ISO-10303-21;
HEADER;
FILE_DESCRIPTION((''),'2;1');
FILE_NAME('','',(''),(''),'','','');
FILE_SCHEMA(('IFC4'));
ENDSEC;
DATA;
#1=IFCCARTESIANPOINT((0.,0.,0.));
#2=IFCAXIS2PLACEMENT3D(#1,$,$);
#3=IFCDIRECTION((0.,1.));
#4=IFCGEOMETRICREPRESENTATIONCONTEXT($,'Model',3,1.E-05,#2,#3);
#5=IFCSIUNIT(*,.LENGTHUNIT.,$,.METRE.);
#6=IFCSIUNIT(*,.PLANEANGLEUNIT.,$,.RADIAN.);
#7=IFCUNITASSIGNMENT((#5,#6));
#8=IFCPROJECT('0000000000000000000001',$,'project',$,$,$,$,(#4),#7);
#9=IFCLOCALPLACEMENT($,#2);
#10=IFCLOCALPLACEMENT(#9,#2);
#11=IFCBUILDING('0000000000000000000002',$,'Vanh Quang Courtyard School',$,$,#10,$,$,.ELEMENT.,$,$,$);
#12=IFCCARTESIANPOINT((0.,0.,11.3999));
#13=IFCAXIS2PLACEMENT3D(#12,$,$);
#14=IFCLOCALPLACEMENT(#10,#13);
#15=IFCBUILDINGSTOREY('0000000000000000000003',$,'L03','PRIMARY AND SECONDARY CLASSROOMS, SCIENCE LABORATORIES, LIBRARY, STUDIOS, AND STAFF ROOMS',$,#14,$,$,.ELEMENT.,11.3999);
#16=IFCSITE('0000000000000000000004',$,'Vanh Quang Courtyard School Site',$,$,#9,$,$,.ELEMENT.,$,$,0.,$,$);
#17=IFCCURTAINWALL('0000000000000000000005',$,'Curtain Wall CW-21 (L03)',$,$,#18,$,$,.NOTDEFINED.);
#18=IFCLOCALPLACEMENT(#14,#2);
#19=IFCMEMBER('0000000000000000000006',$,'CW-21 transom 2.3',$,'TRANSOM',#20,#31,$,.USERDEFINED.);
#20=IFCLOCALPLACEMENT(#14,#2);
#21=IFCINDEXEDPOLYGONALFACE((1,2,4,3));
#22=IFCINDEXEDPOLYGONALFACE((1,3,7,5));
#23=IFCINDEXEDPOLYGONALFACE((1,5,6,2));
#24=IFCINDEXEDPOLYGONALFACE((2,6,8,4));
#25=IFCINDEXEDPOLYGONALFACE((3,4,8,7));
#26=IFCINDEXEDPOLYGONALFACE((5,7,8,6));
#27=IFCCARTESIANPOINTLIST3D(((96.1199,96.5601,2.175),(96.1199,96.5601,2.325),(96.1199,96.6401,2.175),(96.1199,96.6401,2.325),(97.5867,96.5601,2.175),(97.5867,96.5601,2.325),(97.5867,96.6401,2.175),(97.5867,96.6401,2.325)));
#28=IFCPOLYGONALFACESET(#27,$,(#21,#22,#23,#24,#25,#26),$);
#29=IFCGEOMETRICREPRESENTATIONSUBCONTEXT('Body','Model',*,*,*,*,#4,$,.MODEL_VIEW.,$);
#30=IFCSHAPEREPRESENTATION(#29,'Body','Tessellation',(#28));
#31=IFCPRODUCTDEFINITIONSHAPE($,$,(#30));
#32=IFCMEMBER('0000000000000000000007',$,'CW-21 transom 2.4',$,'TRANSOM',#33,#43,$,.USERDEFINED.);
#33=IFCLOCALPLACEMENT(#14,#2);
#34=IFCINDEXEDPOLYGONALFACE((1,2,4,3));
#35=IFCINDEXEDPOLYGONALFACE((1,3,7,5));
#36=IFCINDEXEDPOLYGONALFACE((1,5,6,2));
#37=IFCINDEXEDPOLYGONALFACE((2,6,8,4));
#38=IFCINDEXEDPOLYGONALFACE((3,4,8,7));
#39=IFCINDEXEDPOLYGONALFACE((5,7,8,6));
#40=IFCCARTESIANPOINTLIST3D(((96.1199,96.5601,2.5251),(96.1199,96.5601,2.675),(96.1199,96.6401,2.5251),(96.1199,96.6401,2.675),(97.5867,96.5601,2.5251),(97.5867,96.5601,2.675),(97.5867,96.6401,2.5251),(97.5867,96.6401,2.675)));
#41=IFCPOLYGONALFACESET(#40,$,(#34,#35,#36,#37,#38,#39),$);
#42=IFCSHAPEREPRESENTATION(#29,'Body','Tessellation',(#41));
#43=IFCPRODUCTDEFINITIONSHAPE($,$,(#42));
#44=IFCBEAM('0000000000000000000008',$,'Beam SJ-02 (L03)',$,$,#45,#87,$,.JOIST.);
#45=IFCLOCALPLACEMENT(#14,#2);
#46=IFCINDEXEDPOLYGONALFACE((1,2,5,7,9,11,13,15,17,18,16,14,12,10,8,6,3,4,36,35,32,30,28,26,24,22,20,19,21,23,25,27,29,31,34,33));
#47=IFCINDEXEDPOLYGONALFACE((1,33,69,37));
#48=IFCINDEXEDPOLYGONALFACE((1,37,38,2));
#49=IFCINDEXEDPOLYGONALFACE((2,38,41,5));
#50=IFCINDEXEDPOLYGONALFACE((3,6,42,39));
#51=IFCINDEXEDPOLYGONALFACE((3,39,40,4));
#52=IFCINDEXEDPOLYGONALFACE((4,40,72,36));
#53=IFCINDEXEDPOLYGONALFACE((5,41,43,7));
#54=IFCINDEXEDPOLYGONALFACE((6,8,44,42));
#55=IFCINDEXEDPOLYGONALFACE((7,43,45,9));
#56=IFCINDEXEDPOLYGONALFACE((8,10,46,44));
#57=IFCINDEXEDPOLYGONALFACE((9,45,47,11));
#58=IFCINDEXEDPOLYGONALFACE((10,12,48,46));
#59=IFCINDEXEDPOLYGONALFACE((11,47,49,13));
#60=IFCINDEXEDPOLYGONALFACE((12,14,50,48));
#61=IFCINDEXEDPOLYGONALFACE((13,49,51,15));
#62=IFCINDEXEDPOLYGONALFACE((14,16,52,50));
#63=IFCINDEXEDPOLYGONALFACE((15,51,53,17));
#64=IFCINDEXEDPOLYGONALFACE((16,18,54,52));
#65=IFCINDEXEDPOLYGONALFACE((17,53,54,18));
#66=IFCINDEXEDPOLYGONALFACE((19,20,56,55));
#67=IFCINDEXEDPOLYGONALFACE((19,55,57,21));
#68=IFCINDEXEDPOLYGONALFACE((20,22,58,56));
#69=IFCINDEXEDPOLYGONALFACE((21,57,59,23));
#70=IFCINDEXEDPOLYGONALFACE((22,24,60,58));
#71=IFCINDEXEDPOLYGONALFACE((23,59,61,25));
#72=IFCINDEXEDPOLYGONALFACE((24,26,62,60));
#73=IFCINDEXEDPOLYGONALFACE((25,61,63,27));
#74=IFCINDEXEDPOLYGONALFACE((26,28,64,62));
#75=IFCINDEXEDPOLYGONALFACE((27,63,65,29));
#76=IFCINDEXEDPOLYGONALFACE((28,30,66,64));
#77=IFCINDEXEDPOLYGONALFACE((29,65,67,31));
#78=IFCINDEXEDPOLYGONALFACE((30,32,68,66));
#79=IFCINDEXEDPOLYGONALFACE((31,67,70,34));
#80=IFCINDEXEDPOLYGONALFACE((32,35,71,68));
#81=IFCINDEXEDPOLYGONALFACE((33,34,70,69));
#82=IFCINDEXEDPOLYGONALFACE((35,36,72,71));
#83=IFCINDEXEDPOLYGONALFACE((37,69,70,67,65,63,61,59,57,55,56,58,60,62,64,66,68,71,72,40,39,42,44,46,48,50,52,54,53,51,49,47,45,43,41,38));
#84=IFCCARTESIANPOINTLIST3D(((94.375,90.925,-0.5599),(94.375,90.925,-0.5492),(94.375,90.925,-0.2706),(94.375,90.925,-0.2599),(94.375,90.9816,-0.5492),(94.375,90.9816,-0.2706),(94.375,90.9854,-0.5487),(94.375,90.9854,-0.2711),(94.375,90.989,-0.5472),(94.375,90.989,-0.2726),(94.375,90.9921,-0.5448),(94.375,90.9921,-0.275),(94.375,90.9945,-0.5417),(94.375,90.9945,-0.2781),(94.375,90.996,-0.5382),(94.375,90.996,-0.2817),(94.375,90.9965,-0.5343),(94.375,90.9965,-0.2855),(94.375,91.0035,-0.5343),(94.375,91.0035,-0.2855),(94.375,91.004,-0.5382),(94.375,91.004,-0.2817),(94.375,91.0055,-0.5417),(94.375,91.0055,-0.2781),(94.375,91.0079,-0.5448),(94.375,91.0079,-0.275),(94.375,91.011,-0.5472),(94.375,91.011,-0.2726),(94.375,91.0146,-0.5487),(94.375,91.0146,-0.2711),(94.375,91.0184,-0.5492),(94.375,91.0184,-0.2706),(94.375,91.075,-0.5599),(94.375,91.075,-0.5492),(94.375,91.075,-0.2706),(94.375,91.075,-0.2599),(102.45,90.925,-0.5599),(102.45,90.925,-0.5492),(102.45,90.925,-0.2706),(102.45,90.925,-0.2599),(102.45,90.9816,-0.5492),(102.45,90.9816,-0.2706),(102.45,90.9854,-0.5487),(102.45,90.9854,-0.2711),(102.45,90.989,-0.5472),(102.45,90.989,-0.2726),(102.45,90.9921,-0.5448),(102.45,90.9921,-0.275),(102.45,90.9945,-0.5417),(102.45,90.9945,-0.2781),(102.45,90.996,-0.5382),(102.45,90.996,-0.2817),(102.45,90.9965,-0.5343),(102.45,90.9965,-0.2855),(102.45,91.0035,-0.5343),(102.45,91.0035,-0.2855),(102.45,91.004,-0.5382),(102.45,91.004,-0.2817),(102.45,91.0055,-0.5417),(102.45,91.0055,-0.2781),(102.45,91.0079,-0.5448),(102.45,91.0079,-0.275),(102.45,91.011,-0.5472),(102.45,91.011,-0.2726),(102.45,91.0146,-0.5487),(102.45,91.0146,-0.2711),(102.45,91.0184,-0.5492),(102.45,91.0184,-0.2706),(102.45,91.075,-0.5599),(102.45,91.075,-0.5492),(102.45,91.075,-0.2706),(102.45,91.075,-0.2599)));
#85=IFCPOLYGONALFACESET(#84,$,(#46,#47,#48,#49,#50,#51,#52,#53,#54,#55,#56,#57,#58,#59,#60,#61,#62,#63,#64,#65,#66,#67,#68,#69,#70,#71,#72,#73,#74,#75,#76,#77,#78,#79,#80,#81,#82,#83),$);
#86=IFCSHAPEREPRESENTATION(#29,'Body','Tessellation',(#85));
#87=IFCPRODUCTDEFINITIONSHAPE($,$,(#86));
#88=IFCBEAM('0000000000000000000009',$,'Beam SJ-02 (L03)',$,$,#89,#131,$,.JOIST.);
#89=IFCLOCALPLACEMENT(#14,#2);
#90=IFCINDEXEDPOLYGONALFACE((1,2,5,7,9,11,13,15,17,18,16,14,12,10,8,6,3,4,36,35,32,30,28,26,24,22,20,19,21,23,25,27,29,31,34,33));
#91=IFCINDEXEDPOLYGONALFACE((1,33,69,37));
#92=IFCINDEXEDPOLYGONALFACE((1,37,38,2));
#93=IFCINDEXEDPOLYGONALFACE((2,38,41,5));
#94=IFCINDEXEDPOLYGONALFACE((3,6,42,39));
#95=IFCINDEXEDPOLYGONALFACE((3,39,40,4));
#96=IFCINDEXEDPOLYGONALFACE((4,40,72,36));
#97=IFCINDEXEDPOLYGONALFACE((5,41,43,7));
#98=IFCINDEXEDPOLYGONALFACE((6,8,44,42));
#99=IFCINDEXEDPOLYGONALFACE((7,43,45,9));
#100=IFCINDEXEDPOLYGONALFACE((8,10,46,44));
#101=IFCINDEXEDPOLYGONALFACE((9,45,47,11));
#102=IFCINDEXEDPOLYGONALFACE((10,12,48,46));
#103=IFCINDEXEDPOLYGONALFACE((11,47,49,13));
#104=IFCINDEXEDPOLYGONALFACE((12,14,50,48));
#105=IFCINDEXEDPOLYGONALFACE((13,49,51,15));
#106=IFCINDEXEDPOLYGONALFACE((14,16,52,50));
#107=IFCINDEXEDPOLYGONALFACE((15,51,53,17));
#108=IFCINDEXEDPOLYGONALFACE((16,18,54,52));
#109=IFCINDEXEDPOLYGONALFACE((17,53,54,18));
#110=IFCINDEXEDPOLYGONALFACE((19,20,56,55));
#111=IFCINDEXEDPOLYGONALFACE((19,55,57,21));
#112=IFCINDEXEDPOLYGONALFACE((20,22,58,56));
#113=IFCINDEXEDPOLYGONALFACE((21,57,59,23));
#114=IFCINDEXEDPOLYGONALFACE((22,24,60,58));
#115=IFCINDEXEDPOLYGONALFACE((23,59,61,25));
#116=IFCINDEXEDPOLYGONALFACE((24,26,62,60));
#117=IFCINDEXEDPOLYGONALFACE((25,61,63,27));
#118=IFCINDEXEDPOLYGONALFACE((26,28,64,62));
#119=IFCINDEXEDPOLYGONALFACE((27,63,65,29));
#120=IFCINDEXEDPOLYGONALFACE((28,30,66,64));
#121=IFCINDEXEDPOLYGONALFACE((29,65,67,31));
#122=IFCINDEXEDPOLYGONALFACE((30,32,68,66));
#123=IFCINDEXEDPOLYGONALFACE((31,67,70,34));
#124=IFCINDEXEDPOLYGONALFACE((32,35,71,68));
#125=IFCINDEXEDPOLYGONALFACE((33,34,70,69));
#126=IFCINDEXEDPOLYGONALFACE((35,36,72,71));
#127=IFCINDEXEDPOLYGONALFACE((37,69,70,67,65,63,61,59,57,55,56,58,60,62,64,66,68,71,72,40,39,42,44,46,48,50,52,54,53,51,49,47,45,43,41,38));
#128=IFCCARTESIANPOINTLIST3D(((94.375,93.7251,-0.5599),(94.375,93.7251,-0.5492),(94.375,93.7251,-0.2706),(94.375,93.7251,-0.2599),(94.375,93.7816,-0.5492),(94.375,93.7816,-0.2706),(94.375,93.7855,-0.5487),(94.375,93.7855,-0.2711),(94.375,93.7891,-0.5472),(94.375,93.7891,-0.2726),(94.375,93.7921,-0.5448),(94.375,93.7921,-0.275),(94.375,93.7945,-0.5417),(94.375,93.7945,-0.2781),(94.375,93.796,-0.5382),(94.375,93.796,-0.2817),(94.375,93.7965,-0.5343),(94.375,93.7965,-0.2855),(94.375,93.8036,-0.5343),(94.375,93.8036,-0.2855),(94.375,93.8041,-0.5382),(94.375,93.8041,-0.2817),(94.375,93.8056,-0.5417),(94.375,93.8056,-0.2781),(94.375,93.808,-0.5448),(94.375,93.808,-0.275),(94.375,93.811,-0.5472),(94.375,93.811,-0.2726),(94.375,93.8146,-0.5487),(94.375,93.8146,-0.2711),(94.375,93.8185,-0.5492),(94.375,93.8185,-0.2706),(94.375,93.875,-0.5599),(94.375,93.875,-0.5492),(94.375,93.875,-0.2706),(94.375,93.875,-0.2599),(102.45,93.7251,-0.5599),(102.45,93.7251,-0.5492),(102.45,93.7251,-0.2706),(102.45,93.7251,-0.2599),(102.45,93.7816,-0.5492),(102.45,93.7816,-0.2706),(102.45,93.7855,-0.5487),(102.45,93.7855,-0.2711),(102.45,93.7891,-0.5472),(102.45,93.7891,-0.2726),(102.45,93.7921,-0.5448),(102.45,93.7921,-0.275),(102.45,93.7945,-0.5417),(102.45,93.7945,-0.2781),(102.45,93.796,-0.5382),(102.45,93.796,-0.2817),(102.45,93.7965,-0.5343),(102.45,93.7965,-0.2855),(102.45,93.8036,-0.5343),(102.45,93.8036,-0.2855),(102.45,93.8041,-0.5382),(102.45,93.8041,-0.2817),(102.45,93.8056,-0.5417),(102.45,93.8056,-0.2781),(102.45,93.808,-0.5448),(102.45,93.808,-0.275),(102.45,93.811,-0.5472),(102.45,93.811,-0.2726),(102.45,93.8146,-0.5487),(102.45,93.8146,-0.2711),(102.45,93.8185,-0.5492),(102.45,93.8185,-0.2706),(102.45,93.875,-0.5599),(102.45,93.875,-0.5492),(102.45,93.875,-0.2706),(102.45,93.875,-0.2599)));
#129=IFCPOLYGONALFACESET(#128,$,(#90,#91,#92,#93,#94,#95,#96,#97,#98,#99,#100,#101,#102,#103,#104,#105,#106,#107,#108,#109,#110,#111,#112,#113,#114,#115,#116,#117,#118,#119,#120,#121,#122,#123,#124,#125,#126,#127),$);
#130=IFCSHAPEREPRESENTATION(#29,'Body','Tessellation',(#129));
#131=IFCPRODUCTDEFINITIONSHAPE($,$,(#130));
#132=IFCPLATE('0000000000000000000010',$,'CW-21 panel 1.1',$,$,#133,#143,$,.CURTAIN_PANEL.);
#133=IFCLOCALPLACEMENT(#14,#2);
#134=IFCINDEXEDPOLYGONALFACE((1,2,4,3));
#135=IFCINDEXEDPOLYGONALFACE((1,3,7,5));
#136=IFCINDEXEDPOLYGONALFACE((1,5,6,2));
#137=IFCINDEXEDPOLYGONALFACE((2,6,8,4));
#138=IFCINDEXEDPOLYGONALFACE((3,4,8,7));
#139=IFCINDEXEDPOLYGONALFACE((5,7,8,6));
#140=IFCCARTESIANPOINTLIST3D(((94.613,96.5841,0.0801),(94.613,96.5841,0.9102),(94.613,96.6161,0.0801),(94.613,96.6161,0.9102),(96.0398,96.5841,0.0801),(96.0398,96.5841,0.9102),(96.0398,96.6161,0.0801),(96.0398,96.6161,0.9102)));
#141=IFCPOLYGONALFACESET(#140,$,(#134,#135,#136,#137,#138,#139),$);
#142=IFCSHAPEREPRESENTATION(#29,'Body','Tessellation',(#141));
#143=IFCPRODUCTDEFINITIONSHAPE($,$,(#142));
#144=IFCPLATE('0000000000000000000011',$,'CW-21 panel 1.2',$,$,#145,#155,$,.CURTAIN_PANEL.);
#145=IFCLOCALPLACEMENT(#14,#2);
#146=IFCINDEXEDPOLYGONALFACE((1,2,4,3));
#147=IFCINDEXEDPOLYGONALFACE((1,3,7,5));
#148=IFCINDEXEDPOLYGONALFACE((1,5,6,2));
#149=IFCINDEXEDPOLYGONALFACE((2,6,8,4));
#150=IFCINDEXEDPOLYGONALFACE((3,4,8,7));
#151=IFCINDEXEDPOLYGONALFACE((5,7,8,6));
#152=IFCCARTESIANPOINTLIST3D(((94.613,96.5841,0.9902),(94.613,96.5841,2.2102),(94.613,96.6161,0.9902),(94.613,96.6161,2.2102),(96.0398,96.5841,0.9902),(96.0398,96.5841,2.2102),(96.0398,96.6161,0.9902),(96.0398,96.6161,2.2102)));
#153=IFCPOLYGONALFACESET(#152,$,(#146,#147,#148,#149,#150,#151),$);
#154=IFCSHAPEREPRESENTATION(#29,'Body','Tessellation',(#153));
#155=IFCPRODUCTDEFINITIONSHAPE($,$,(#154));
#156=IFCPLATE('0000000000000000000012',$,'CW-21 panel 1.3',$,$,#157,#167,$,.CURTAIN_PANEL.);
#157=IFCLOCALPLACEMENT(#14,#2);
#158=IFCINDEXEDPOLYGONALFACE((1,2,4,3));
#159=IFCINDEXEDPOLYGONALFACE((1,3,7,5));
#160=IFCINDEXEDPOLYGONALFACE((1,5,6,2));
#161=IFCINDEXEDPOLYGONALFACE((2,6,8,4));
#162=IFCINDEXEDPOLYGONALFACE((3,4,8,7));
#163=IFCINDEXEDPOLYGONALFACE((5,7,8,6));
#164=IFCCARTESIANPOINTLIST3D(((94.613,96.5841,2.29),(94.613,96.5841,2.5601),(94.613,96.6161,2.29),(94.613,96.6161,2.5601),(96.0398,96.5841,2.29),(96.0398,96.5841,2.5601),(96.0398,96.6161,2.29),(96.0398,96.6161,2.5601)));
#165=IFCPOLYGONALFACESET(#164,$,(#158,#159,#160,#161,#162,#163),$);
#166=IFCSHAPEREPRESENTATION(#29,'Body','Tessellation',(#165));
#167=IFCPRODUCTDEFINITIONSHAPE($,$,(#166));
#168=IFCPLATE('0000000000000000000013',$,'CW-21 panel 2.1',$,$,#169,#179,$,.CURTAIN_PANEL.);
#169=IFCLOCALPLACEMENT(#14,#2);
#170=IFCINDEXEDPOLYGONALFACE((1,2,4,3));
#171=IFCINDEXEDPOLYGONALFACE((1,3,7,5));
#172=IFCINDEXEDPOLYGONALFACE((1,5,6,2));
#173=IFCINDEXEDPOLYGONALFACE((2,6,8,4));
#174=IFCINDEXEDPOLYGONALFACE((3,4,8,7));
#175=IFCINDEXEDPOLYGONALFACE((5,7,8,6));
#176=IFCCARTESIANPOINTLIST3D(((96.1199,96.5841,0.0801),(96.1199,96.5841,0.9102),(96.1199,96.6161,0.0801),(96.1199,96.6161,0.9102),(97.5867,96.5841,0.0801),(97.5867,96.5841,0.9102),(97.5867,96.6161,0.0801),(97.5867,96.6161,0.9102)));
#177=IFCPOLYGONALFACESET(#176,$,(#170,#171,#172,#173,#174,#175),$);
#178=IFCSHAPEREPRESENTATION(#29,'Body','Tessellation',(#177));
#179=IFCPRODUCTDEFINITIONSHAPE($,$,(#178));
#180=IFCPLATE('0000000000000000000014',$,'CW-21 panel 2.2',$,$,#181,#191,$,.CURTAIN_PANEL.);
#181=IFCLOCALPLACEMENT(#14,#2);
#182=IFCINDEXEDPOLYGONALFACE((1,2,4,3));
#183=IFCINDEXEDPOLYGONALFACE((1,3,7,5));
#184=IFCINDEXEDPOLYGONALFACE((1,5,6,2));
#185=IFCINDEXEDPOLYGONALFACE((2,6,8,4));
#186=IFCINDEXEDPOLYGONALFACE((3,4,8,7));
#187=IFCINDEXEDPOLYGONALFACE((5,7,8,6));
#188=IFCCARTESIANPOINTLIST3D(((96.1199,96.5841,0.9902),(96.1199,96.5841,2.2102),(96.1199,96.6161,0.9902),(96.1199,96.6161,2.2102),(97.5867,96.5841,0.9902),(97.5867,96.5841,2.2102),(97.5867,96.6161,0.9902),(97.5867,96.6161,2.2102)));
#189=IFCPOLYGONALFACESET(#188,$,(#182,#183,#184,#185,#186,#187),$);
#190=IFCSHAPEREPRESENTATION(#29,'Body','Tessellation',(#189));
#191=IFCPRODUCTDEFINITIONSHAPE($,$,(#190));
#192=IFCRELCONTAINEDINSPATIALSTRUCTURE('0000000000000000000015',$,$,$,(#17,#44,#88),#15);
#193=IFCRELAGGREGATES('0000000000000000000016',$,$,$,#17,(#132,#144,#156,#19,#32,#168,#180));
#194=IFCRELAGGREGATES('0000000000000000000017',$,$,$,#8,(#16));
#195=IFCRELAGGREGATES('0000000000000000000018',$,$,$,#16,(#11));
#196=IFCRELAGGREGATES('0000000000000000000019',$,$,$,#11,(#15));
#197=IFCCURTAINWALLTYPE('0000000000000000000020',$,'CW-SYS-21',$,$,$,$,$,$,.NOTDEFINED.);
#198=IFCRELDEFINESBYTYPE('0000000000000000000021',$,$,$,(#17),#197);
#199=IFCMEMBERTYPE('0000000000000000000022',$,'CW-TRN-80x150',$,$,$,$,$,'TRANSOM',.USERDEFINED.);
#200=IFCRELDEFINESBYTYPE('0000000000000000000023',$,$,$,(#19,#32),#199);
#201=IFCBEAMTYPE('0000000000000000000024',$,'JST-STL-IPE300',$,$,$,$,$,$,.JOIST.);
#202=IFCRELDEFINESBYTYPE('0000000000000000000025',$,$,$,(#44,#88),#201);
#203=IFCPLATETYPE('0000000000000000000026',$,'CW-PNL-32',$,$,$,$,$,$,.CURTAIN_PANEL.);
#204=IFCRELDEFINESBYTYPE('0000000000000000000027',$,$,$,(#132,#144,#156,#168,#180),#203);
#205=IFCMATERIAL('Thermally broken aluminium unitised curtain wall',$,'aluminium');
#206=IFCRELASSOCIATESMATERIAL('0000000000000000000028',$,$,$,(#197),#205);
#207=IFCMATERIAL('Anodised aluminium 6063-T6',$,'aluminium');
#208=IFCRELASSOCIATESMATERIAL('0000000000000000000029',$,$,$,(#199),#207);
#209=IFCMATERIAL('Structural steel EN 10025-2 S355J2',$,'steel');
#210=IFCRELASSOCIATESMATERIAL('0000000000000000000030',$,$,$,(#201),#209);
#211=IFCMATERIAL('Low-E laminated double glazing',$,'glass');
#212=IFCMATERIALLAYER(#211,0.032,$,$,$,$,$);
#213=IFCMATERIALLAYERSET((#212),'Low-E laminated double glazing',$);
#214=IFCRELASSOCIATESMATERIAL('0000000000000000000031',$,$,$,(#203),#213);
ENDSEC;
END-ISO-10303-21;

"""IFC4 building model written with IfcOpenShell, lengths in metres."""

from ifc_helpers import new_model, si_unit, direction, frame, origin, origin_2d, place, context, subcontext, project, spatial, rectangle, i_section, extrude, material, layer, layer_set, material_profile, profile_set, type_object, element, aggregate, save


model = new_model("IFC4")

# Units and contexts
model_context = context("Model", 3, precision=1e-05, world=origin(), true_north=direction((0.0, 1.0)))
body_context = subcontext(model_context, "Body", "Model", "MODEL_VIEW")
ifc_project = project(units=[si_unit("LENGTHUNIT", "METRE"), si_unit("PLANEANGLEUNIT", "RADIAN")], contexts=[model_context])

# Site, building, storey
site_placement = place(None, origin())
site = spatial("IfcSite", under=ifc_project, at=site_placement, Name="Vanh Quang Courtyard School Site", CompositionType="ELEMENT", RefElevation=0.0)
building_placement = place(site_placement, origin())
building = spatial("IfcBuilding", under=site, at=building_placement, Name="Vanh Quang Courtyard School", CompositionType="ELEMENT")
storey_placement = place(building_placement, frame((0.0, 0.0, 11.3999)))
storey = spatial("IfcBuildingStorey", under=building, at=storey_placement, Name="L03", Description="PRIMARY AND SECONDARY CLASSROOMS, SCIENCE LABORATORIES, LIBRARY, STUDIOS, AND STAFF ROOMS", CompositionType="ELEMENT", Elevation=11.3999)

# Curtain wall, members
ifc_material_1 = material(Name="Thermally broken aluminium unitised curtain wall", Category="aluminium")
curtain_wall_type = type_object("IfcCurtainWallType", Name="CW-SYS-21", PredefinedType="NOTDEFINED", material=ifc_material_1)
curtain_wall_placement = place(storey_placement, origin())
curtain_wall = element("IfcCurtainWall", 1, at=curtain_wall_placement, inside=storey, type_object=curtain_wall_type, Name="Curtain Wall CW-21 (L03)", PredefinedType="NOTDEFINED")
ifc_material_2 = material(Name="Anodised aluminium 6063-T6", Category="aluminium")
ifc_material_profile_1 = material_profile(ifc_material_2, rectangle(XDim=0.0801, YDim=0.1499, at=origin_2d()), Name="ALU-TRN 80x150")
ifc_profile_set_1 = profile_set([ifc_material_profile_1], Name="Anodised aluminium 6063-T6")
member_type_1 = type_object("IfcMemberType", Name="CW-TRN-80x150", ElementType="TRANSOM", PredefinedType="USERDEFINED", material=ifc_profile_set_1)
member_1_placement = place(storey_placement, frame((96.1199, 96.6001, 2.25), z_axis=(1.0, 0.0, 0.0), x_axis=(0.0, 1.0, 0.0)))
member_1 = element("IfcMember", 2, at=member_1_placement, type_object=member_type_1, Name="CW-21 transom 2.3", ObjectType="TRANSOM", PredefinedType="USERDEFINED", context=body_context, shape_type="SweptSolid", body=[
    extrude(rectangle(XDim=0.0801, YDim=0.1499, at=origin_2d()), origin(), (0.0, 0.0, 1.0), 1.4668),
])
member_2_placement = place(storey_placement, frame((96.1199, 96.6001, 2.6001), z_axis=(1.0, 0.0, 0.0), x_axis=(0.0, 1.0, 0.0)))
member_2 = element("IfcMember", 3, at=member_2_placement, type_object=member_type_1, Name="CW-21 transom 2.4", ObjectType="TRANSOM", PredefinedType="USERDEFINED", context=body_context, shape_type="SweptSolid", body=[
    extrude(rectangle(XDim=0.0801, YDim=0.1499, at=origin_2d()), origin(), (0.0, 0.0, 1.0), 1.4668),
])

# Beams
ifc_material_3 = material(Name="Structural steel EN 10025-2 S355J2", Category="steel")
ifc_material_profile_2 = material_profile(ifc_material_3, i_section(OverallWidth=0.1499, OverallDepth=0.3, WebThickness=0.0071, FlangeThickness=0.0107, FilletRadius=0.0149, at=origin_2d()), Name="IPE 300")
ifc_profile_set_2 = profile_set([ifc_material_profile_2], Name="Structural steel EN 10025-2 S355J2")
beam_type_1 = type_object("IfcBeamType", Name="JST-STL-IPE300", PredefinedType="JOIST", material=ifc_profile_set_2)
for number, where, z_axis, x_axis, name in (
    (4, (94.375, 91.0, -0.4099), (1.0, 0.0, 0.0), (0.0, 1.0, 0.0), "Beam SJ-02 (L03)"),
    (5, (94.375, 93.8, -0.4099), (1.0, 0.0, 0.0), (0.0, 1.0, 0.0), "Beam SJ-02 (L03)"),
):
    element("IfcBeam", number, at=place(storey_placement, frame(where, z_axis=z_axis, x_axis=x_axis)), inside=storey, type_object=beam_type_1, Name=name, PredefinedType="JOIST", context=body_context, shape_type="SweptSolid", body=[
        extrude(i_section(OverallWidth=0.1499, OverallDepth=0.3, WebThickness=0.0071, FlangeThickness=0.0107, FilletRadius=0.0149, at=origin_2d()), origin(), (0.0, 0.0, 1.0), 8.075),
    ])

# Plates
ifc_material_4 = material(Name="Low-E laminated double glazing", Category="glass")
ifc_layer_1 = layer(ifc_material_4, 0.032)
ifc_layer_set_1 = layer_set([ifc_layer_1], Name="Low-E laminated double glazing")
plate_type = type_object("IfcPlateType", Name="CW-PNL-32", PredefinedType="CURTAIN_PANEL", material=ifc_layer_set_1)
plate_1_placement = place(storey_placement, frame((95.3264, 96.6001, 0.0801), z_axis=(0.0, 0.0, 1.0), x_axis=(1.0, 0.0, 0.0)))
plate_1 = element("IfcPlate", 6, at=plate_1_placement, type_object=plate_type, Name="CW-21 panel 1.1", PredefinedType="CURTAIN_PANEL", context=body_context, shape_type="SweptSolid", body=[
    extrude(rectangle(XDim=1.4268, YDim=0.032, at=origin_2d()), origin(), (0.0, 0.0, 1.0), 0.8301),
])
plate_2_placement = place(storey_placement, frame((95.3264, 96.6001, 0.9902), z_axis=(0.0, 0.0, 1.0), x_axis=(1.0, 0.0, 0.0)))
plate_2 = element("IfcPlate", 7, at=plate_2_placement, type_object=plate_type, Name="CW-21 panel 1.2", PredefinedType="CURTAIN_PANEL", context=body_context, shape_type="SweptSolid", body=[
    extrude(rectangle(XDim=1.4268, YDim=0.032, at=origin_2d()), origin(), (0.0, 0.0, 1.0), 1.22),
])
plate_3_placement = place(storey_placement, frame((95.3264, 96.6001, 2.29), z_axis=(0.0, 0.0, 1.0), x_axis=(1.0, 0.0, 0.0)))
plate_3 = element("IfcPlate", 8, at=plate_3_placement, type_object=plate_type, Name="CW-21 panel 1.3", PredefinedType="CURTAIN_PANEL", context=body_context, shape_type="SweptSolid", body=[
    extrude(rectangle(XDim=1.4268, YDim=0.032, at=origin_2d()), origin(), (0.0, 0.0, 1.0), 0.27),
])
plate_4_placement = place(storey_placement, frame((96.8533, 96.6001, 0.0801), z_axis=(0.0, 0.0, 1.0), x_axis=(1.0, 0.0, 0.0)))
plate_4 = element("IfcPlate", 9, at=plate_4_placement, type_object=plate_type, Name="CW-21 panel 2.1", PredefinedType="CURTAIN_PANEL", context=body_context, shape_type="SweptSolid", body=[
    extrude(rectangle(XDim=1.4668, YDim=0.032, at=origin_2d()), origin(), (0.0, 0.0, 1.0), 0.8301),
])
plate_5_placement = place(storey_placement, frame((96.8533, 96.6001, 0.9902), z_axis=(0.0, 0.0, 1.0), x_axis=(1.0, 0.0, 0.0)))
plate_5 = element("IfcPlate", 10, at=plate_5_placement, type_object=plate_type, Name="CW-21 panel 2.2", PredefinedType="CURTAIN_PANEL", context=body_context, shape_type="SweptSolid", body=[
    extrude(rectangle(XDim=1.4668, YDim=0.032, at=origin_2d()), origin(), (0.0, 0.0, 1.0), 1.22),
])
aggregate(curtain_wall, [plate_1, plate_2, plate_3, member_1, member_2, plate_4, plate_5])

save(model, "model.ifc")
